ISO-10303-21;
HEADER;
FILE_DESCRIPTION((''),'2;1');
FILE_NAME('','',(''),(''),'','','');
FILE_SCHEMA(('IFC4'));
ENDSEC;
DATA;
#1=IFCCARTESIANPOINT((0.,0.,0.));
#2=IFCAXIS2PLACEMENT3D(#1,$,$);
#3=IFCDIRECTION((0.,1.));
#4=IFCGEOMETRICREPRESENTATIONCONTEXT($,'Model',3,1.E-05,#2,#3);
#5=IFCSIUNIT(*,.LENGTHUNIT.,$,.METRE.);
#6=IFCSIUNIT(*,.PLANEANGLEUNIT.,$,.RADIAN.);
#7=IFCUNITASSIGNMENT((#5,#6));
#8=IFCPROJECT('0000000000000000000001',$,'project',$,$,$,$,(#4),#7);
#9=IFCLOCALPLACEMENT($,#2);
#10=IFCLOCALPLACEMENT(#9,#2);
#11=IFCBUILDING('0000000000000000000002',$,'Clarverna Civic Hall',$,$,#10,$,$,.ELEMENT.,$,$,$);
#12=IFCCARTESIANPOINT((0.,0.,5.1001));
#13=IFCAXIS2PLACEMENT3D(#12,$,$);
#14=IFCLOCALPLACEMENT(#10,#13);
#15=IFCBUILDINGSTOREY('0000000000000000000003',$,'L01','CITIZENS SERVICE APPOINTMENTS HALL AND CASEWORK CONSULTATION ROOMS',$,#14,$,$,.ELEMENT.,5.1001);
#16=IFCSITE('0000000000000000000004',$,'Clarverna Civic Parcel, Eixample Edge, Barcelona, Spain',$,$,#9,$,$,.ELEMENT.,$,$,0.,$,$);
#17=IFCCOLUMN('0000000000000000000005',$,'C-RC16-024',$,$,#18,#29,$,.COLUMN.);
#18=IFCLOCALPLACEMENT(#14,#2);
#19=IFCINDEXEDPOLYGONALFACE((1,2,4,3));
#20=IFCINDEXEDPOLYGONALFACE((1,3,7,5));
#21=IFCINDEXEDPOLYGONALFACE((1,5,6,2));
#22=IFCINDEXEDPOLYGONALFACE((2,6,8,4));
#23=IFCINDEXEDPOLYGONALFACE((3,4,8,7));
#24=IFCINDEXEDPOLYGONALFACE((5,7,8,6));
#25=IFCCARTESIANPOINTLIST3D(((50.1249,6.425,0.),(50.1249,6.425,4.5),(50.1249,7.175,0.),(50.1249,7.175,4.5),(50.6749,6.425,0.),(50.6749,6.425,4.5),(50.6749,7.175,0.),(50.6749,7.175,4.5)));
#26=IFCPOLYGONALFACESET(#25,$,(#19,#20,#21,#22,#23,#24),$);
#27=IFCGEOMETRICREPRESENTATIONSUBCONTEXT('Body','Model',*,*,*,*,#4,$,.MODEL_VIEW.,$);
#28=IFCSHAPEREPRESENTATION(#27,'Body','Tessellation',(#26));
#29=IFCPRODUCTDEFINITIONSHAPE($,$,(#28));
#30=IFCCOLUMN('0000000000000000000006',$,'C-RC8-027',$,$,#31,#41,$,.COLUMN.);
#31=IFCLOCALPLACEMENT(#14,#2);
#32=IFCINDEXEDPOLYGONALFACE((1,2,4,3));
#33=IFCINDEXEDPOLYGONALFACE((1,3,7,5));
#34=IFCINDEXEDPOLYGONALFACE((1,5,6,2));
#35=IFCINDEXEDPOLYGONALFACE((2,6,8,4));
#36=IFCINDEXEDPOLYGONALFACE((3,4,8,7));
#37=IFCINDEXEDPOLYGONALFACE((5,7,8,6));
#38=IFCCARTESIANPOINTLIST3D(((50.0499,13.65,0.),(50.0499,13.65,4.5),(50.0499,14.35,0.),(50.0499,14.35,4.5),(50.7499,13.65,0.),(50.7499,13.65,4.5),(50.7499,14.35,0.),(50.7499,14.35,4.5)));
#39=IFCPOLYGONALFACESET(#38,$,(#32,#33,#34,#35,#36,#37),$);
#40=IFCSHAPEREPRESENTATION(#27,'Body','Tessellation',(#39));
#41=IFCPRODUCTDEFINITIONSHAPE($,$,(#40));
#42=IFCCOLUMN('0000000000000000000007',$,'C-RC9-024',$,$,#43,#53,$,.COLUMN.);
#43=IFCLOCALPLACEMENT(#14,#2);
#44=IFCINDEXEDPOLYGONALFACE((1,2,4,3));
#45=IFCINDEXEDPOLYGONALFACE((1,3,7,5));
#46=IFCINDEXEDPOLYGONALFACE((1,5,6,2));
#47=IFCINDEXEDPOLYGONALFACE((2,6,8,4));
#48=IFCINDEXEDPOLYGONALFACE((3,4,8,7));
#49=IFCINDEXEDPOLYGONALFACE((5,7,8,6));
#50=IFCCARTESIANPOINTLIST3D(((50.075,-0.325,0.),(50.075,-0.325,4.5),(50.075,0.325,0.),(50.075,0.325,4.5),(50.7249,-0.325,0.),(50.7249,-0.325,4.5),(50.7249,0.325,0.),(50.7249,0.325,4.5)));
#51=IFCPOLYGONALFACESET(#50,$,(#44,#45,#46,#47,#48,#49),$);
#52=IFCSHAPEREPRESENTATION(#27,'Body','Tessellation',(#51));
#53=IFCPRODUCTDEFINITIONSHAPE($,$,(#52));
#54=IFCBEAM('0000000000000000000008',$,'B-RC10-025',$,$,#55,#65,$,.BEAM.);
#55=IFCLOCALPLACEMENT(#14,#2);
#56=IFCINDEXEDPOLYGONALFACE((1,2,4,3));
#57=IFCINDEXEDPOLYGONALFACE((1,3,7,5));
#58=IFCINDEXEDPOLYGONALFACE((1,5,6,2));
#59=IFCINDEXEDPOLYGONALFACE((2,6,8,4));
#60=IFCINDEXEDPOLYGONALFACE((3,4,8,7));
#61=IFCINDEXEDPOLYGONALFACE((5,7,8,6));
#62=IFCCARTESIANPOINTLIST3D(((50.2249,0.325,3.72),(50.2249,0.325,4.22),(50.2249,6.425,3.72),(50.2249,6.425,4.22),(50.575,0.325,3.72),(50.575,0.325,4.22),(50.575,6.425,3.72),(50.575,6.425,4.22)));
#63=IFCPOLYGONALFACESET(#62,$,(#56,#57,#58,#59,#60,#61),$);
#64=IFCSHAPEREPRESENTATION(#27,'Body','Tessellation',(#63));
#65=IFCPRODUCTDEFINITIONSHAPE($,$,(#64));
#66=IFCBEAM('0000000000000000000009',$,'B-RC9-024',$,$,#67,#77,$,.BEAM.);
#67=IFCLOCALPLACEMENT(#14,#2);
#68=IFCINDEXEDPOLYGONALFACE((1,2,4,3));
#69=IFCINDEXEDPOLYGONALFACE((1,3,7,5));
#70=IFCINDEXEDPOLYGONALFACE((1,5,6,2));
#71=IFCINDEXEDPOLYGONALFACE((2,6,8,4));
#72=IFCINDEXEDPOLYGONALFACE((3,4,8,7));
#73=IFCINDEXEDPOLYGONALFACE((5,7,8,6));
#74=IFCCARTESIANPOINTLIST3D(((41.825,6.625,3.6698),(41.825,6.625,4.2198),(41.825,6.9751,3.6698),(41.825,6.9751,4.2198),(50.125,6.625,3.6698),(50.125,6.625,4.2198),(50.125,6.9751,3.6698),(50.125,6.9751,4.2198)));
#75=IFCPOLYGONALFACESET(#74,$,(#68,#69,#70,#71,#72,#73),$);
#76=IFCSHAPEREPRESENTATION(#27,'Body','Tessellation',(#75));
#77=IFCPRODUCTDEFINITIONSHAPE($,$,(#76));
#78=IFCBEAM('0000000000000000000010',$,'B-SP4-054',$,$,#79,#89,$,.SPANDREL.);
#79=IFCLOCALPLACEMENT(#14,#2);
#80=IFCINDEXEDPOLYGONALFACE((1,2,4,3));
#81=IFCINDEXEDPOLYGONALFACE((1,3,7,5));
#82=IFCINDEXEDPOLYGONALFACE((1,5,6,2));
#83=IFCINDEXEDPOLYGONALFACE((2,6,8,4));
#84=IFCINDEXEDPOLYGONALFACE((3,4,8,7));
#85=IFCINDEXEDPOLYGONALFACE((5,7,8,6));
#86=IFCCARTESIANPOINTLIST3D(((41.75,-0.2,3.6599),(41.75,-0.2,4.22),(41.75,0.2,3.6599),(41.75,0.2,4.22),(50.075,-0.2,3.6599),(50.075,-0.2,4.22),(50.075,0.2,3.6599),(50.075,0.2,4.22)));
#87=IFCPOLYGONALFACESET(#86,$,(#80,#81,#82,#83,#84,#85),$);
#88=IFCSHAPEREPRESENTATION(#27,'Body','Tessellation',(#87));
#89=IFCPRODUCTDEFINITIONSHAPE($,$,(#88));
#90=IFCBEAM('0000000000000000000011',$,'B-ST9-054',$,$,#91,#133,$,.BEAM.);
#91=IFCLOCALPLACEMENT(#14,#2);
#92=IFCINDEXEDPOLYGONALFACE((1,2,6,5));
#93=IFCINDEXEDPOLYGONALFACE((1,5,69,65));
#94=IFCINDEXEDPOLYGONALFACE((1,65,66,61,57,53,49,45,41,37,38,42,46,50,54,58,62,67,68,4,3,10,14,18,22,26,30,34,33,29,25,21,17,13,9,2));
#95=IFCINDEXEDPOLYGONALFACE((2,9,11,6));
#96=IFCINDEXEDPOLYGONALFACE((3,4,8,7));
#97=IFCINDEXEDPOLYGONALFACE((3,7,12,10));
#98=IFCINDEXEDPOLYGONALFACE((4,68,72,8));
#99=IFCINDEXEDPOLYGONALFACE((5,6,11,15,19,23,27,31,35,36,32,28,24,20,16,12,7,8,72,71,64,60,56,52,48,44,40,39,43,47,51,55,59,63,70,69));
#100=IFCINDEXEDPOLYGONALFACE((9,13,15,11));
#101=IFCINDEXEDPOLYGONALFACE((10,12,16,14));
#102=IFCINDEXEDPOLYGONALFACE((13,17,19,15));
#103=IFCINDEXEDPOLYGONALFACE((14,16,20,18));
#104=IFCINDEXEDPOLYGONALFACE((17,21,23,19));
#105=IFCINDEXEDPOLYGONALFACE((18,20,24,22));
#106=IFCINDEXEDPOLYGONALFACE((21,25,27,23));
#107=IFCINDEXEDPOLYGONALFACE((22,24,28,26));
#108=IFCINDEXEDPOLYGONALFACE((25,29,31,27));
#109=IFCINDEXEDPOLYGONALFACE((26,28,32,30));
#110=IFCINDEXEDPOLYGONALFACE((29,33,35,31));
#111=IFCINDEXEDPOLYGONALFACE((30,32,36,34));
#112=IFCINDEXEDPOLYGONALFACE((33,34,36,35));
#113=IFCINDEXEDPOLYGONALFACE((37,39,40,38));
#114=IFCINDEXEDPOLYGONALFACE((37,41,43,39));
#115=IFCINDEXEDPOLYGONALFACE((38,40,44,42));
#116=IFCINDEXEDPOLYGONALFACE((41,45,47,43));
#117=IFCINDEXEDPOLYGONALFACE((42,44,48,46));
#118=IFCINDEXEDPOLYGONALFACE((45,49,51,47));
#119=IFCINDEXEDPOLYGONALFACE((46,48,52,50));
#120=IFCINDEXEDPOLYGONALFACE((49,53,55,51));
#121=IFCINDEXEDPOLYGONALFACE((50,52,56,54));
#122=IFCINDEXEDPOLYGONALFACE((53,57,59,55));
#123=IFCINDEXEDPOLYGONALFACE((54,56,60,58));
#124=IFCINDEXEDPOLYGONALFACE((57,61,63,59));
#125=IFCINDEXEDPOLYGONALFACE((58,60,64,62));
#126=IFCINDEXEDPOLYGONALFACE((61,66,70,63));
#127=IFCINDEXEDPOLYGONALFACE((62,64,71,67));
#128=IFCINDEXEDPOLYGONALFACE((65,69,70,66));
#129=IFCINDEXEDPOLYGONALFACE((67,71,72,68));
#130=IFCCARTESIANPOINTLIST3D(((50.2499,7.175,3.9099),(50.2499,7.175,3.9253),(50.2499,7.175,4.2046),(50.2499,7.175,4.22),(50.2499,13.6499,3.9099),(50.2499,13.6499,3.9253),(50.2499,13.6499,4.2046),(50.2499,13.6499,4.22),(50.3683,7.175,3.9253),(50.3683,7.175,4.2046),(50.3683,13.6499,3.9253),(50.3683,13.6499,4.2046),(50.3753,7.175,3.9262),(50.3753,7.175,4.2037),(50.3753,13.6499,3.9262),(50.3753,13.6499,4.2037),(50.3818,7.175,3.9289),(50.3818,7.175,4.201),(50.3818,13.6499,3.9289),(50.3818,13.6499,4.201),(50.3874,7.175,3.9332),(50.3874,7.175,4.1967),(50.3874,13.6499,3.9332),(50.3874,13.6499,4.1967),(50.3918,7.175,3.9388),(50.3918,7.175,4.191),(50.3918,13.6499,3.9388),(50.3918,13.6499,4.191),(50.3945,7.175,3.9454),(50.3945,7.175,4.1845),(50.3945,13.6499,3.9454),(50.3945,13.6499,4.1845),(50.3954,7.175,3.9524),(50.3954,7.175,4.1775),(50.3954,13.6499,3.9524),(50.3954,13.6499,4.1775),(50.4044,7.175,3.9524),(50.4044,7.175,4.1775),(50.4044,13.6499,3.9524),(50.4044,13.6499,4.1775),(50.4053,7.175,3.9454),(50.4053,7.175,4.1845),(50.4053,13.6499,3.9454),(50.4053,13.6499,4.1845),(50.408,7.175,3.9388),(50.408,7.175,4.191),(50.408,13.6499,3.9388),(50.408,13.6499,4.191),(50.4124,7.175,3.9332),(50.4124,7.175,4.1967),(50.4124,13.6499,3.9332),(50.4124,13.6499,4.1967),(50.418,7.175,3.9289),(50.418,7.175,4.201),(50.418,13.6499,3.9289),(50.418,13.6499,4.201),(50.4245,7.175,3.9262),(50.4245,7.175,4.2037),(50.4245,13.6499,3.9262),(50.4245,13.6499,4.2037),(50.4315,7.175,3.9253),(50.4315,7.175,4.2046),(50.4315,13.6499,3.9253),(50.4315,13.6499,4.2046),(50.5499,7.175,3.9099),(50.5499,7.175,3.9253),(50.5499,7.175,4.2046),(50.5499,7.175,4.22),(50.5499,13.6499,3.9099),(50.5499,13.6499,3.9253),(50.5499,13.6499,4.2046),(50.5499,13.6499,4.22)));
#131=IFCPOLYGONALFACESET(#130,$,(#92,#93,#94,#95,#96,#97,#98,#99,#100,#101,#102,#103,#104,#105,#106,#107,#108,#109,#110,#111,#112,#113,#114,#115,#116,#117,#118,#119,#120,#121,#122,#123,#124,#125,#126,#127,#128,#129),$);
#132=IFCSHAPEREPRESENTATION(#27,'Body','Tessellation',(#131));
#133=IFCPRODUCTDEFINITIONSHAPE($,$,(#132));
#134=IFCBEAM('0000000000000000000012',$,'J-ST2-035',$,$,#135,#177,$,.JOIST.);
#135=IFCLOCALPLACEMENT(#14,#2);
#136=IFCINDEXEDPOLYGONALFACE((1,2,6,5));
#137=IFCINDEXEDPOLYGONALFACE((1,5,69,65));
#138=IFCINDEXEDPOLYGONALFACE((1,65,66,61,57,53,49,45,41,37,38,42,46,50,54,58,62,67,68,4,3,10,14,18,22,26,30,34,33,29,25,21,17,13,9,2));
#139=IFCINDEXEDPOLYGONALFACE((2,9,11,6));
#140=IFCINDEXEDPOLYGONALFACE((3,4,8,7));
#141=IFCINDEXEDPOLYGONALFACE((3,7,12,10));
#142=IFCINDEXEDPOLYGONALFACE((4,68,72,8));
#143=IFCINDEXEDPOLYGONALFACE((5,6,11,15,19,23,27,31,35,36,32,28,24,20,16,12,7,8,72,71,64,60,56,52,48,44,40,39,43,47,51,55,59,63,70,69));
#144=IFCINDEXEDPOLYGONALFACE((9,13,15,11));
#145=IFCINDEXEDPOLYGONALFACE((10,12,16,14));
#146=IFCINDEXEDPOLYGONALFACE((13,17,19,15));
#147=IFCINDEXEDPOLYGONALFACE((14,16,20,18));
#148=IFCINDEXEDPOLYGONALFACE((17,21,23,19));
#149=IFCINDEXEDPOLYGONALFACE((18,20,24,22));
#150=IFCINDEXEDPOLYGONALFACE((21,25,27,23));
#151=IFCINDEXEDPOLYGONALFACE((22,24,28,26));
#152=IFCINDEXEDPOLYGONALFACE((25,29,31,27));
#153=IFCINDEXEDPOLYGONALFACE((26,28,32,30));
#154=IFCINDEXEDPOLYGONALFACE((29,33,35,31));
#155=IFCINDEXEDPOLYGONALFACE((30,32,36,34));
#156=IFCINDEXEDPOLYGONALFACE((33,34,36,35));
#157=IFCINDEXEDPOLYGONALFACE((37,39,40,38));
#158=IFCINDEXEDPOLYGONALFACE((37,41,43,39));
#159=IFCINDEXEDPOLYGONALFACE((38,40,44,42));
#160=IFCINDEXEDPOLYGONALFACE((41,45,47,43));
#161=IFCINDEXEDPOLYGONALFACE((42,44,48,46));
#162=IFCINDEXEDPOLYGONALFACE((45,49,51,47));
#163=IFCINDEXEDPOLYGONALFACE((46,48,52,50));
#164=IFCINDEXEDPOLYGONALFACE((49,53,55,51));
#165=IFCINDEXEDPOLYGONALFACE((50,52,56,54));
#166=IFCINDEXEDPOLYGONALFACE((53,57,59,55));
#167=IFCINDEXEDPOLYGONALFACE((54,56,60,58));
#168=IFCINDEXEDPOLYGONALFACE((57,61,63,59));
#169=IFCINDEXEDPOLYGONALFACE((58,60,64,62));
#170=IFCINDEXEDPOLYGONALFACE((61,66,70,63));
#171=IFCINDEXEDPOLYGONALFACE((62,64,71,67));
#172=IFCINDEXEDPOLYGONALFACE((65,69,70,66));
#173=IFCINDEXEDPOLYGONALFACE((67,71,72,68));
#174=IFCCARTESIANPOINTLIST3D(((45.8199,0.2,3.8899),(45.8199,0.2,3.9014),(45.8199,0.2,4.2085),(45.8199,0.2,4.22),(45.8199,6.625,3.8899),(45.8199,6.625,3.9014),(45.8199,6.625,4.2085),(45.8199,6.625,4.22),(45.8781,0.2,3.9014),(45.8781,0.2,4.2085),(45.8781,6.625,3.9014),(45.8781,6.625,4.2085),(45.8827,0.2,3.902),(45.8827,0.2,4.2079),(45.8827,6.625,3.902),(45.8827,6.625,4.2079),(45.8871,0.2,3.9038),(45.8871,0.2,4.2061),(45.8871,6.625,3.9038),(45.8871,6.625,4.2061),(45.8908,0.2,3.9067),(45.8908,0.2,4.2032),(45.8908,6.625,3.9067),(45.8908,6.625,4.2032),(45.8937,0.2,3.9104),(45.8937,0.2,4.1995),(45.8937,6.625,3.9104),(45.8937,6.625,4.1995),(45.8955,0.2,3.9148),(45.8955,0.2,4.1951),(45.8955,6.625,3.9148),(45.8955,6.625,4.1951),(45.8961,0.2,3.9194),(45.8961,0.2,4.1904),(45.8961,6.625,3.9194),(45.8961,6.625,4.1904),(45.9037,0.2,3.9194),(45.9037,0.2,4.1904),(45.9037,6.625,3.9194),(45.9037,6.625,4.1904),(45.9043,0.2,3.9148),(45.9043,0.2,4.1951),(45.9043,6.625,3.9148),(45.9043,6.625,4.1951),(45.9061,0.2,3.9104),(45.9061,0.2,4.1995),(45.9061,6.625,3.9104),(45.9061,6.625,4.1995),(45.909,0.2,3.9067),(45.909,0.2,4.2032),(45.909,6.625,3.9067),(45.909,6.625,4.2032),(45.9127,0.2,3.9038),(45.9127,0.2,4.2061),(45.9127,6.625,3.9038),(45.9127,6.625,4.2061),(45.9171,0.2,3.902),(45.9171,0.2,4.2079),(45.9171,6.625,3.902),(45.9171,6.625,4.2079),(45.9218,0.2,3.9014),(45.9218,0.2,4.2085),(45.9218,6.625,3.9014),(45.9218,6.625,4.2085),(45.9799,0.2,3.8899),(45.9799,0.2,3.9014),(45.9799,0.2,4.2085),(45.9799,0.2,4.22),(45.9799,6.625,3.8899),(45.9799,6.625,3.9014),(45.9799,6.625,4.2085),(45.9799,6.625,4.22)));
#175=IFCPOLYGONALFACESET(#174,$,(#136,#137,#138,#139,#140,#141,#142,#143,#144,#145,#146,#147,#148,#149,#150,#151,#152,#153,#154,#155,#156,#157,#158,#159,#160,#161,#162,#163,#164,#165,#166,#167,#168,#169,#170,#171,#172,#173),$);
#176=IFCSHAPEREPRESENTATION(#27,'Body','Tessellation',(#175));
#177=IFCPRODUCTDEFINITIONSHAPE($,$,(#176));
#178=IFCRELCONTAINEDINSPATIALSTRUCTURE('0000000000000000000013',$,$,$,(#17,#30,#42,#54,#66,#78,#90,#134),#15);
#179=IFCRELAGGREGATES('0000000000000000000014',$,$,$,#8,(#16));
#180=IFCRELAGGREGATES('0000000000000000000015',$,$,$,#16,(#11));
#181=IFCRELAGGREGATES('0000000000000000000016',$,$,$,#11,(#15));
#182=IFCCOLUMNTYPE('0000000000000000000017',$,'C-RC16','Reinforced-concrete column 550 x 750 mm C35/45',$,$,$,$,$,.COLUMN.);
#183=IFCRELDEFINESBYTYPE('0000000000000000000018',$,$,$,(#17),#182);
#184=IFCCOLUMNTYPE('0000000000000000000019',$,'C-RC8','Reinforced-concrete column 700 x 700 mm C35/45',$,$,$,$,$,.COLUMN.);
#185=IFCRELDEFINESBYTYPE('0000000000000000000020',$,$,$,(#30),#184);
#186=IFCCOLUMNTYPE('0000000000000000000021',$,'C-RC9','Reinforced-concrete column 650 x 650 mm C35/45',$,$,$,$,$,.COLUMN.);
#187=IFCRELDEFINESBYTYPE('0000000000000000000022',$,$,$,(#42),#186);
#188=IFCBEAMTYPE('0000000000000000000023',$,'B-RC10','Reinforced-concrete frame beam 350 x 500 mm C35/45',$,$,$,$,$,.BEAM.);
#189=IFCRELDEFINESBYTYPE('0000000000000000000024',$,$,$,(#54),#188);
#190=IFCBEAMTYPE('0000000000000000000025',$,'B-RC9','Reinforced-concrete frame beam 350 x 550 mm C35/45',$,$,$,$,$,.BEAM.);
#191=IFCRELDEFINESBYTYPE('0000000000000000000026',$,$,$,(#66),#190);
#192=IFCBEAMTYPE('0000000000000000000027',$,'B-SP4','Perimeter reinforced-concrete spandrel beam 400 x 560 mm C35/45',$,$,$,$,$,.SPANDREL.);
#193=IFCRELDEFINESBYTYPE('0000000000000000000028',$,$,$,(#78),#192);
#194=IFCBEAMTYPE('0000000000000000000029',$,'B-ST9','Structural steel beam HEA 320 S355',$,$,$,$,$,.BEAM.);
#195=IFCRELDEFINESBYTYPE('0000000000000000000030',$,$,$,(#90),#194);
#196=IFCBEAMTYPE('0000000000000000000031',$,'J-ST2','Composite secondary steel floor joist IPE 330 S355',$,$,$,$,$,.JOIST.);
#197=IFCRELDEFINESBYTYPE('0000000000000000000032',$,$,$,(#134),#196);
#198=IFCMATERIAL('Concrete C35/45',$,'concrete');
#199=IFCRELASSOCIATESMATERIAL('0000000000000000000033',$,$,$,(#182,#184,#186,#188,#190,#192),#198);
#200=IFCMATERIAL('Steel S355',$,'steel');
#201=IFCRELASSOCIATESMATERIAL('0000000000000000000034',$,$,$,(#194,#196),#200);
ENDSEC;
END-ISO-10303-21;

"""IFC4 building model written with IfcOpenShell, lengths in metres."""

from ifc_helpers import new_model, si_unit, direction, frame, origin, origin_2d, place, context, subcontext, project, spatial, rectangle, i_section, extrude, material, material_profile, profile_set, type_object, element, save


model = new_model("IFC4")

# Units and contexts
model_context = context("Model", 3, precision=1e-05, world=origin(), true_north=direction((0.0, 1.0)))
body_context = subcontext(model_context, "Body", "Model", "MODEL_VIEW")
ifc_project = project(units=[si_unit("LENGTHUNIT", "METRE"), si_unit("PLANEANGLEUNIT", "RADIAN")], contexts=[model_context])

# Site, building, storey
site_placement = place(None, origin())
site = spatial("IfcSite", under=ifc_project, at=site_placement, Name="Clarverna Civic Parcel, Eixample Edge, Barcelona, Spain", CompositionType="ELEMENT", RefElevation=0.0)
building_placement = place(site_placement, origin())
building = spatial("IfcBuilding", under=site, at=building_placement, Name="Clarverna Civic Hall", CompositionType="ELEMENT")
storey_placement = place(building_placement, frame((0.0, 0.0, 5.1001)))
storey = spatial("IfcBuildingStorey", under=building, at=storey_placement, Name="L01", Description="CITIZENS SERVICE APPOINTMENTS HALL AND CASEWORK CONSULTATION ROOMS", CompositionType="ELEMENT", Elevation=5.1001)

# Columns
ifc_material_1 = material(Name="Concrete C35/45", Category="concrete")
ifc_material_profile_1 = material_profile(ifc_material_1, rectangle(XDim=0.55, YDim=0.75, at=origin_2d()), Name="RC 550x750")
ifc_profile_set_1 = profile_set([ifc_material_profile_1], Name="Concrete C35/45")
column_type_1 = type_object("IfcColumnType", Name="C-RC16", Description="Reinforced-concrete column 550 x 750 mm C35/45", PredefinedType="COLUMN", material=ifc_profile_set_1)
column_1_placement = place(storey_placement, frame((50.3999, 6.8, 0.0), z_axis=(0.0, 0.0, 1.0), x_axis=(1.0, 0.0, 0.0)))
element("IfcColumn", 1, at=column_1_placement, inside=storey, type_object=column_type_1, Name="C-RC16-024", PredefinedType="COLUMN", context=body_context, shape_type="SweptSolid", body=[
    extrude(rectangle(XDim=0.55, YDim=0.75, at=origin_2d()), origin(), (0.0, 0.0, 1.0), 4.5),
])
ifc_material_profile_2 = material_profile(ifc_material_1, rectangle(XDim=0.7, YDim=0.7, at=origin_2d()), Name="RC 700x700")
ifc_profile_set_2 = profile_set([ifc_material_profile_2], Name="Concrete C35/45")
column_type_2 = type_object("IfcColumnType", Name="C-RC8", Description="Reinforced-concrete column 700 x 700 mm C35/45", PredefinedType="COLUMN", material=ifc_profile_set_2)
column_2_placement = place(storey_placement, frame((50.3999, 14.0, 0.0), z_axis=(0.0, 0.0, 1.0), x_axis=(1.0, 0.0, 0.0)))
element("IfcColumn", 2, at=column_2_placement, inside=storey, type_object=column_type_2, Name="C-RC8-027", PredefinedType="COLUMN", context=body_context, shape_type="SweptSolid", body=[
    extrude(rectangle(XDim=0.7, YDim=0.7, at=origin_2d()), origin(), (0.0, 0.0, 1.0), 4.5),
])
ifc_material_profile_3 = material_profile(ifc_material_1, rectangle(XDim=0.6499, YDim=0.6499, at=origin_2d()), Name="RC 650x650")
ifc_profile_set_3 = profile_set([ifc_material_profile_3], Name="Concrete C35/45")
column_type_3 = type_object("IfcColumnType", Name="C-RC9", Description="Reinforced-concrete column 650 x 650 mm C35/45", PredefinedType="COLUMN", material=ifc_profile_set_3)
column_3_placement = place(storey_placement, frame((50.3999, 0.0, 0.0), z_axis=(0.0, 0.0, 1.0), x_axis=(1.0, 0.0, 0.0)))
element("IfcColumn", 3, at=column_3_placement, inside=storey, type_object=column_type_3, Name="C-RC9-024", PredefinedType="COLUMN", context=body_context, shape_type="SweptSolid", body=[
    extrude(rectangle(XDim=0.6499, YDim=0.6499, at=origin_2d()), origin(), (0.0, 0.0, 1.0), 4.5),
])

# Beams
ifc_material_profile_4 = material_profile(ifc_material_1, rectangle(XDim=0.3501, YDim=0.5, at=origin_2d()), Name="RC 350x500")
ifc_profile_set_4 = profile_set([ifc_material_profile_4], Name="Concrete C35/45")
beam_type_1 = type_object("IfcBeamType", Name="B-RC10", Description="Reinforced-concrete frame beam 350 x 500 mm C35/45", PredefinedType="BEAM", material=ifc_profile_set_4)
beam_1_placement = place(storey_placement, frame((50.3999, 0.325, 3.97), z_axis=(0.0, 1.0, 0.0), x_axis=(-1.0, 0.0, 0.0)))
element("IfcBeam", 4, at=beam_1_placement, inside=storey, type_object=beam_type_1, Name="B-RC10-025", PredefinedType="BEAM", context=body_context, shape_type="SweptSolid", body=[
    extrude(rectangle(XDim=0.3501, YDim=0.5, at=origin_2d()), origin(), (0.0, 0.0, 1.0), 6.1001),
])
ifc_material_profile_5 = material_profile(ifc_material_1, rectangle(XDim=0.3501, YDim=0.55, at=origin_2d()), Name="RC 350x550")
ifc_profile_set_5 = profile_set([ifc_material_profile_5], Name="Concrete C35/45")
beam_type_2 = type_object("IfcBeamType", Name="B-RC9", Description="Reinforced-concrete frame beam 350 x 550 mm C35/45", PredefinedType="BEAM", material=ifc_profile_set_5)
beam_2_placement = place(storey_placement, frame((41.825, 6.8, 3.9448), z_axis=(1.0, 0.0, 0.0), x_axis=(0.0, 1.0, 0.0)))
element("IfcBeam", 5, at=beam_2_placement, inside=storey, type_object=beam_type_2, Name="B-RC9-024", PredefinedType="BEAM", context=body_context, shape_type="SweptSolid", body=[
    extrude(rectangle(XDim=0.3501, YDim=0.55, at=origin_2d()), origin(), (0.0, 0.0, 1.0), 8.3),
])
ifc_material_profile_6 = material_profile(ifc_material_1, rectangle(XDim=0.3999, YDim=0.5601, at=origin_2d()), Name="RC 400x560")
ifc_profile_set_6 = profile_set([ifc_material_profile_6], Name="Concrete C35/45")
beam_type_3 = type_object("IfcBeamType", Name="B-SP4", Description="Perimeter reinforced-concrete spandrel beam 400 x 560 mm C35/45", PredefinedType="SPANDREL", material=ifc_profile_set_6)
beam_3_placement = place(storey_placement, frame((41.75, 0.0, 3.9399), z_axis=(1.0, 0.0, 0.0), x_axis=(0.0, 1.0, 0.0)))
element("IfcBeam", 6, at=beam_3_placement, inside=storey, type_object=beam_type_3, Name="B-SP4-054", PredefinedType="SPANDREL", context=body_context, shape_type="SweptSolid", body=[
    extrude(rectangle(XDim=0.3999, YDim=0.5601, at=origin_2d()), origin(), (0.0, 0.0, 1.0), 8.325),
])
ifc_material_2 = material(Name="Steel S355", Category="steel")
ifc_material_profile_7 = material_profile(ifc_material_2, i_section(OverallWidth=0.3, OverallDepth=0.3101, WebThickness=0.009, FlangeThickness=0.0154, FilletRadius=0.0271, at=origin_2d()), Name="HEA 320")
ifc_profile_set_7 = profile_set([ifc_material_profile_7], Name="Steel S355")
beam_type_4 = type_object("IfcBeamType", Name="B-ST9", Description="Structural steel beam HEA 320 S355", PredefinedType="BEAM", material=ifc_profile_set_7)
beam_4_placement = place(storey_placement, frame((50.3999, 7.175, 4.0649), z_axis=(0.0, 1.0, 0.0), x_axis=(-1.0, 0.0, 0.0)))
element("IfcBeam", 7, at=beam_4_placement, inside=storey, type_object=beam_type_4, Name="B-ST9-054", PredefinedType="BEAM", context=body_context, shape_type="SweptSolid", body=[
    extrude(i_section(OverallWidth=0.3, OverallDepth=0.3101, WebThickness=0.009, FlangeThickness=0.0154, FilletRadius=0.0271, at=origin_2d()), origin(), (0.0, 0.0, 1.0), 6.4749),
])
ifc_material_profile_8 = material_profile(ifc_material_2, i_section(OverallWidth=0.1599, OverallDepth=0.3301, WebThickness=0.0076, FlangeThickness=0.0115, FilletRadius=0.0181, at=origin_2d()), Name="IPE 330")
ifc_profile_set_8 = profile_set([ifc_material_profile_8], Name="Steel S355")
beam_type_5 = type_object("IfcBeamType", Name="J-ST2", Description="Composite secondary steel floor joist IPE 330 S355", PredefinedType="JOIST", material=ifc_profile_set_8)
beam_5_placement = place(storey_placement, frame((45.8999, 0.2, 4.0549), z_axis=(0.0, 1.0, 0.0), x_axis=(-1.0, 0.0, 0.0)))
element("IfcBeam", 8, at=beam_5_placement, inside=storey, type_object=beam_type_5, Name="J-ST2-035", PredefinedType="JOIST", context=body_context, shape_type="SweptSolid", body=[
    extrude(i_section(OverallWidth=0.1599, OverallDepth=0.3301, WebThickness=0.0076, FlangeThickness=0.0115, FilletRadius=0.0181, at=origin_2d()), origin(), (0.0, 0.0, 1.0), 6.425),
])

save(model, "model.ifc")
